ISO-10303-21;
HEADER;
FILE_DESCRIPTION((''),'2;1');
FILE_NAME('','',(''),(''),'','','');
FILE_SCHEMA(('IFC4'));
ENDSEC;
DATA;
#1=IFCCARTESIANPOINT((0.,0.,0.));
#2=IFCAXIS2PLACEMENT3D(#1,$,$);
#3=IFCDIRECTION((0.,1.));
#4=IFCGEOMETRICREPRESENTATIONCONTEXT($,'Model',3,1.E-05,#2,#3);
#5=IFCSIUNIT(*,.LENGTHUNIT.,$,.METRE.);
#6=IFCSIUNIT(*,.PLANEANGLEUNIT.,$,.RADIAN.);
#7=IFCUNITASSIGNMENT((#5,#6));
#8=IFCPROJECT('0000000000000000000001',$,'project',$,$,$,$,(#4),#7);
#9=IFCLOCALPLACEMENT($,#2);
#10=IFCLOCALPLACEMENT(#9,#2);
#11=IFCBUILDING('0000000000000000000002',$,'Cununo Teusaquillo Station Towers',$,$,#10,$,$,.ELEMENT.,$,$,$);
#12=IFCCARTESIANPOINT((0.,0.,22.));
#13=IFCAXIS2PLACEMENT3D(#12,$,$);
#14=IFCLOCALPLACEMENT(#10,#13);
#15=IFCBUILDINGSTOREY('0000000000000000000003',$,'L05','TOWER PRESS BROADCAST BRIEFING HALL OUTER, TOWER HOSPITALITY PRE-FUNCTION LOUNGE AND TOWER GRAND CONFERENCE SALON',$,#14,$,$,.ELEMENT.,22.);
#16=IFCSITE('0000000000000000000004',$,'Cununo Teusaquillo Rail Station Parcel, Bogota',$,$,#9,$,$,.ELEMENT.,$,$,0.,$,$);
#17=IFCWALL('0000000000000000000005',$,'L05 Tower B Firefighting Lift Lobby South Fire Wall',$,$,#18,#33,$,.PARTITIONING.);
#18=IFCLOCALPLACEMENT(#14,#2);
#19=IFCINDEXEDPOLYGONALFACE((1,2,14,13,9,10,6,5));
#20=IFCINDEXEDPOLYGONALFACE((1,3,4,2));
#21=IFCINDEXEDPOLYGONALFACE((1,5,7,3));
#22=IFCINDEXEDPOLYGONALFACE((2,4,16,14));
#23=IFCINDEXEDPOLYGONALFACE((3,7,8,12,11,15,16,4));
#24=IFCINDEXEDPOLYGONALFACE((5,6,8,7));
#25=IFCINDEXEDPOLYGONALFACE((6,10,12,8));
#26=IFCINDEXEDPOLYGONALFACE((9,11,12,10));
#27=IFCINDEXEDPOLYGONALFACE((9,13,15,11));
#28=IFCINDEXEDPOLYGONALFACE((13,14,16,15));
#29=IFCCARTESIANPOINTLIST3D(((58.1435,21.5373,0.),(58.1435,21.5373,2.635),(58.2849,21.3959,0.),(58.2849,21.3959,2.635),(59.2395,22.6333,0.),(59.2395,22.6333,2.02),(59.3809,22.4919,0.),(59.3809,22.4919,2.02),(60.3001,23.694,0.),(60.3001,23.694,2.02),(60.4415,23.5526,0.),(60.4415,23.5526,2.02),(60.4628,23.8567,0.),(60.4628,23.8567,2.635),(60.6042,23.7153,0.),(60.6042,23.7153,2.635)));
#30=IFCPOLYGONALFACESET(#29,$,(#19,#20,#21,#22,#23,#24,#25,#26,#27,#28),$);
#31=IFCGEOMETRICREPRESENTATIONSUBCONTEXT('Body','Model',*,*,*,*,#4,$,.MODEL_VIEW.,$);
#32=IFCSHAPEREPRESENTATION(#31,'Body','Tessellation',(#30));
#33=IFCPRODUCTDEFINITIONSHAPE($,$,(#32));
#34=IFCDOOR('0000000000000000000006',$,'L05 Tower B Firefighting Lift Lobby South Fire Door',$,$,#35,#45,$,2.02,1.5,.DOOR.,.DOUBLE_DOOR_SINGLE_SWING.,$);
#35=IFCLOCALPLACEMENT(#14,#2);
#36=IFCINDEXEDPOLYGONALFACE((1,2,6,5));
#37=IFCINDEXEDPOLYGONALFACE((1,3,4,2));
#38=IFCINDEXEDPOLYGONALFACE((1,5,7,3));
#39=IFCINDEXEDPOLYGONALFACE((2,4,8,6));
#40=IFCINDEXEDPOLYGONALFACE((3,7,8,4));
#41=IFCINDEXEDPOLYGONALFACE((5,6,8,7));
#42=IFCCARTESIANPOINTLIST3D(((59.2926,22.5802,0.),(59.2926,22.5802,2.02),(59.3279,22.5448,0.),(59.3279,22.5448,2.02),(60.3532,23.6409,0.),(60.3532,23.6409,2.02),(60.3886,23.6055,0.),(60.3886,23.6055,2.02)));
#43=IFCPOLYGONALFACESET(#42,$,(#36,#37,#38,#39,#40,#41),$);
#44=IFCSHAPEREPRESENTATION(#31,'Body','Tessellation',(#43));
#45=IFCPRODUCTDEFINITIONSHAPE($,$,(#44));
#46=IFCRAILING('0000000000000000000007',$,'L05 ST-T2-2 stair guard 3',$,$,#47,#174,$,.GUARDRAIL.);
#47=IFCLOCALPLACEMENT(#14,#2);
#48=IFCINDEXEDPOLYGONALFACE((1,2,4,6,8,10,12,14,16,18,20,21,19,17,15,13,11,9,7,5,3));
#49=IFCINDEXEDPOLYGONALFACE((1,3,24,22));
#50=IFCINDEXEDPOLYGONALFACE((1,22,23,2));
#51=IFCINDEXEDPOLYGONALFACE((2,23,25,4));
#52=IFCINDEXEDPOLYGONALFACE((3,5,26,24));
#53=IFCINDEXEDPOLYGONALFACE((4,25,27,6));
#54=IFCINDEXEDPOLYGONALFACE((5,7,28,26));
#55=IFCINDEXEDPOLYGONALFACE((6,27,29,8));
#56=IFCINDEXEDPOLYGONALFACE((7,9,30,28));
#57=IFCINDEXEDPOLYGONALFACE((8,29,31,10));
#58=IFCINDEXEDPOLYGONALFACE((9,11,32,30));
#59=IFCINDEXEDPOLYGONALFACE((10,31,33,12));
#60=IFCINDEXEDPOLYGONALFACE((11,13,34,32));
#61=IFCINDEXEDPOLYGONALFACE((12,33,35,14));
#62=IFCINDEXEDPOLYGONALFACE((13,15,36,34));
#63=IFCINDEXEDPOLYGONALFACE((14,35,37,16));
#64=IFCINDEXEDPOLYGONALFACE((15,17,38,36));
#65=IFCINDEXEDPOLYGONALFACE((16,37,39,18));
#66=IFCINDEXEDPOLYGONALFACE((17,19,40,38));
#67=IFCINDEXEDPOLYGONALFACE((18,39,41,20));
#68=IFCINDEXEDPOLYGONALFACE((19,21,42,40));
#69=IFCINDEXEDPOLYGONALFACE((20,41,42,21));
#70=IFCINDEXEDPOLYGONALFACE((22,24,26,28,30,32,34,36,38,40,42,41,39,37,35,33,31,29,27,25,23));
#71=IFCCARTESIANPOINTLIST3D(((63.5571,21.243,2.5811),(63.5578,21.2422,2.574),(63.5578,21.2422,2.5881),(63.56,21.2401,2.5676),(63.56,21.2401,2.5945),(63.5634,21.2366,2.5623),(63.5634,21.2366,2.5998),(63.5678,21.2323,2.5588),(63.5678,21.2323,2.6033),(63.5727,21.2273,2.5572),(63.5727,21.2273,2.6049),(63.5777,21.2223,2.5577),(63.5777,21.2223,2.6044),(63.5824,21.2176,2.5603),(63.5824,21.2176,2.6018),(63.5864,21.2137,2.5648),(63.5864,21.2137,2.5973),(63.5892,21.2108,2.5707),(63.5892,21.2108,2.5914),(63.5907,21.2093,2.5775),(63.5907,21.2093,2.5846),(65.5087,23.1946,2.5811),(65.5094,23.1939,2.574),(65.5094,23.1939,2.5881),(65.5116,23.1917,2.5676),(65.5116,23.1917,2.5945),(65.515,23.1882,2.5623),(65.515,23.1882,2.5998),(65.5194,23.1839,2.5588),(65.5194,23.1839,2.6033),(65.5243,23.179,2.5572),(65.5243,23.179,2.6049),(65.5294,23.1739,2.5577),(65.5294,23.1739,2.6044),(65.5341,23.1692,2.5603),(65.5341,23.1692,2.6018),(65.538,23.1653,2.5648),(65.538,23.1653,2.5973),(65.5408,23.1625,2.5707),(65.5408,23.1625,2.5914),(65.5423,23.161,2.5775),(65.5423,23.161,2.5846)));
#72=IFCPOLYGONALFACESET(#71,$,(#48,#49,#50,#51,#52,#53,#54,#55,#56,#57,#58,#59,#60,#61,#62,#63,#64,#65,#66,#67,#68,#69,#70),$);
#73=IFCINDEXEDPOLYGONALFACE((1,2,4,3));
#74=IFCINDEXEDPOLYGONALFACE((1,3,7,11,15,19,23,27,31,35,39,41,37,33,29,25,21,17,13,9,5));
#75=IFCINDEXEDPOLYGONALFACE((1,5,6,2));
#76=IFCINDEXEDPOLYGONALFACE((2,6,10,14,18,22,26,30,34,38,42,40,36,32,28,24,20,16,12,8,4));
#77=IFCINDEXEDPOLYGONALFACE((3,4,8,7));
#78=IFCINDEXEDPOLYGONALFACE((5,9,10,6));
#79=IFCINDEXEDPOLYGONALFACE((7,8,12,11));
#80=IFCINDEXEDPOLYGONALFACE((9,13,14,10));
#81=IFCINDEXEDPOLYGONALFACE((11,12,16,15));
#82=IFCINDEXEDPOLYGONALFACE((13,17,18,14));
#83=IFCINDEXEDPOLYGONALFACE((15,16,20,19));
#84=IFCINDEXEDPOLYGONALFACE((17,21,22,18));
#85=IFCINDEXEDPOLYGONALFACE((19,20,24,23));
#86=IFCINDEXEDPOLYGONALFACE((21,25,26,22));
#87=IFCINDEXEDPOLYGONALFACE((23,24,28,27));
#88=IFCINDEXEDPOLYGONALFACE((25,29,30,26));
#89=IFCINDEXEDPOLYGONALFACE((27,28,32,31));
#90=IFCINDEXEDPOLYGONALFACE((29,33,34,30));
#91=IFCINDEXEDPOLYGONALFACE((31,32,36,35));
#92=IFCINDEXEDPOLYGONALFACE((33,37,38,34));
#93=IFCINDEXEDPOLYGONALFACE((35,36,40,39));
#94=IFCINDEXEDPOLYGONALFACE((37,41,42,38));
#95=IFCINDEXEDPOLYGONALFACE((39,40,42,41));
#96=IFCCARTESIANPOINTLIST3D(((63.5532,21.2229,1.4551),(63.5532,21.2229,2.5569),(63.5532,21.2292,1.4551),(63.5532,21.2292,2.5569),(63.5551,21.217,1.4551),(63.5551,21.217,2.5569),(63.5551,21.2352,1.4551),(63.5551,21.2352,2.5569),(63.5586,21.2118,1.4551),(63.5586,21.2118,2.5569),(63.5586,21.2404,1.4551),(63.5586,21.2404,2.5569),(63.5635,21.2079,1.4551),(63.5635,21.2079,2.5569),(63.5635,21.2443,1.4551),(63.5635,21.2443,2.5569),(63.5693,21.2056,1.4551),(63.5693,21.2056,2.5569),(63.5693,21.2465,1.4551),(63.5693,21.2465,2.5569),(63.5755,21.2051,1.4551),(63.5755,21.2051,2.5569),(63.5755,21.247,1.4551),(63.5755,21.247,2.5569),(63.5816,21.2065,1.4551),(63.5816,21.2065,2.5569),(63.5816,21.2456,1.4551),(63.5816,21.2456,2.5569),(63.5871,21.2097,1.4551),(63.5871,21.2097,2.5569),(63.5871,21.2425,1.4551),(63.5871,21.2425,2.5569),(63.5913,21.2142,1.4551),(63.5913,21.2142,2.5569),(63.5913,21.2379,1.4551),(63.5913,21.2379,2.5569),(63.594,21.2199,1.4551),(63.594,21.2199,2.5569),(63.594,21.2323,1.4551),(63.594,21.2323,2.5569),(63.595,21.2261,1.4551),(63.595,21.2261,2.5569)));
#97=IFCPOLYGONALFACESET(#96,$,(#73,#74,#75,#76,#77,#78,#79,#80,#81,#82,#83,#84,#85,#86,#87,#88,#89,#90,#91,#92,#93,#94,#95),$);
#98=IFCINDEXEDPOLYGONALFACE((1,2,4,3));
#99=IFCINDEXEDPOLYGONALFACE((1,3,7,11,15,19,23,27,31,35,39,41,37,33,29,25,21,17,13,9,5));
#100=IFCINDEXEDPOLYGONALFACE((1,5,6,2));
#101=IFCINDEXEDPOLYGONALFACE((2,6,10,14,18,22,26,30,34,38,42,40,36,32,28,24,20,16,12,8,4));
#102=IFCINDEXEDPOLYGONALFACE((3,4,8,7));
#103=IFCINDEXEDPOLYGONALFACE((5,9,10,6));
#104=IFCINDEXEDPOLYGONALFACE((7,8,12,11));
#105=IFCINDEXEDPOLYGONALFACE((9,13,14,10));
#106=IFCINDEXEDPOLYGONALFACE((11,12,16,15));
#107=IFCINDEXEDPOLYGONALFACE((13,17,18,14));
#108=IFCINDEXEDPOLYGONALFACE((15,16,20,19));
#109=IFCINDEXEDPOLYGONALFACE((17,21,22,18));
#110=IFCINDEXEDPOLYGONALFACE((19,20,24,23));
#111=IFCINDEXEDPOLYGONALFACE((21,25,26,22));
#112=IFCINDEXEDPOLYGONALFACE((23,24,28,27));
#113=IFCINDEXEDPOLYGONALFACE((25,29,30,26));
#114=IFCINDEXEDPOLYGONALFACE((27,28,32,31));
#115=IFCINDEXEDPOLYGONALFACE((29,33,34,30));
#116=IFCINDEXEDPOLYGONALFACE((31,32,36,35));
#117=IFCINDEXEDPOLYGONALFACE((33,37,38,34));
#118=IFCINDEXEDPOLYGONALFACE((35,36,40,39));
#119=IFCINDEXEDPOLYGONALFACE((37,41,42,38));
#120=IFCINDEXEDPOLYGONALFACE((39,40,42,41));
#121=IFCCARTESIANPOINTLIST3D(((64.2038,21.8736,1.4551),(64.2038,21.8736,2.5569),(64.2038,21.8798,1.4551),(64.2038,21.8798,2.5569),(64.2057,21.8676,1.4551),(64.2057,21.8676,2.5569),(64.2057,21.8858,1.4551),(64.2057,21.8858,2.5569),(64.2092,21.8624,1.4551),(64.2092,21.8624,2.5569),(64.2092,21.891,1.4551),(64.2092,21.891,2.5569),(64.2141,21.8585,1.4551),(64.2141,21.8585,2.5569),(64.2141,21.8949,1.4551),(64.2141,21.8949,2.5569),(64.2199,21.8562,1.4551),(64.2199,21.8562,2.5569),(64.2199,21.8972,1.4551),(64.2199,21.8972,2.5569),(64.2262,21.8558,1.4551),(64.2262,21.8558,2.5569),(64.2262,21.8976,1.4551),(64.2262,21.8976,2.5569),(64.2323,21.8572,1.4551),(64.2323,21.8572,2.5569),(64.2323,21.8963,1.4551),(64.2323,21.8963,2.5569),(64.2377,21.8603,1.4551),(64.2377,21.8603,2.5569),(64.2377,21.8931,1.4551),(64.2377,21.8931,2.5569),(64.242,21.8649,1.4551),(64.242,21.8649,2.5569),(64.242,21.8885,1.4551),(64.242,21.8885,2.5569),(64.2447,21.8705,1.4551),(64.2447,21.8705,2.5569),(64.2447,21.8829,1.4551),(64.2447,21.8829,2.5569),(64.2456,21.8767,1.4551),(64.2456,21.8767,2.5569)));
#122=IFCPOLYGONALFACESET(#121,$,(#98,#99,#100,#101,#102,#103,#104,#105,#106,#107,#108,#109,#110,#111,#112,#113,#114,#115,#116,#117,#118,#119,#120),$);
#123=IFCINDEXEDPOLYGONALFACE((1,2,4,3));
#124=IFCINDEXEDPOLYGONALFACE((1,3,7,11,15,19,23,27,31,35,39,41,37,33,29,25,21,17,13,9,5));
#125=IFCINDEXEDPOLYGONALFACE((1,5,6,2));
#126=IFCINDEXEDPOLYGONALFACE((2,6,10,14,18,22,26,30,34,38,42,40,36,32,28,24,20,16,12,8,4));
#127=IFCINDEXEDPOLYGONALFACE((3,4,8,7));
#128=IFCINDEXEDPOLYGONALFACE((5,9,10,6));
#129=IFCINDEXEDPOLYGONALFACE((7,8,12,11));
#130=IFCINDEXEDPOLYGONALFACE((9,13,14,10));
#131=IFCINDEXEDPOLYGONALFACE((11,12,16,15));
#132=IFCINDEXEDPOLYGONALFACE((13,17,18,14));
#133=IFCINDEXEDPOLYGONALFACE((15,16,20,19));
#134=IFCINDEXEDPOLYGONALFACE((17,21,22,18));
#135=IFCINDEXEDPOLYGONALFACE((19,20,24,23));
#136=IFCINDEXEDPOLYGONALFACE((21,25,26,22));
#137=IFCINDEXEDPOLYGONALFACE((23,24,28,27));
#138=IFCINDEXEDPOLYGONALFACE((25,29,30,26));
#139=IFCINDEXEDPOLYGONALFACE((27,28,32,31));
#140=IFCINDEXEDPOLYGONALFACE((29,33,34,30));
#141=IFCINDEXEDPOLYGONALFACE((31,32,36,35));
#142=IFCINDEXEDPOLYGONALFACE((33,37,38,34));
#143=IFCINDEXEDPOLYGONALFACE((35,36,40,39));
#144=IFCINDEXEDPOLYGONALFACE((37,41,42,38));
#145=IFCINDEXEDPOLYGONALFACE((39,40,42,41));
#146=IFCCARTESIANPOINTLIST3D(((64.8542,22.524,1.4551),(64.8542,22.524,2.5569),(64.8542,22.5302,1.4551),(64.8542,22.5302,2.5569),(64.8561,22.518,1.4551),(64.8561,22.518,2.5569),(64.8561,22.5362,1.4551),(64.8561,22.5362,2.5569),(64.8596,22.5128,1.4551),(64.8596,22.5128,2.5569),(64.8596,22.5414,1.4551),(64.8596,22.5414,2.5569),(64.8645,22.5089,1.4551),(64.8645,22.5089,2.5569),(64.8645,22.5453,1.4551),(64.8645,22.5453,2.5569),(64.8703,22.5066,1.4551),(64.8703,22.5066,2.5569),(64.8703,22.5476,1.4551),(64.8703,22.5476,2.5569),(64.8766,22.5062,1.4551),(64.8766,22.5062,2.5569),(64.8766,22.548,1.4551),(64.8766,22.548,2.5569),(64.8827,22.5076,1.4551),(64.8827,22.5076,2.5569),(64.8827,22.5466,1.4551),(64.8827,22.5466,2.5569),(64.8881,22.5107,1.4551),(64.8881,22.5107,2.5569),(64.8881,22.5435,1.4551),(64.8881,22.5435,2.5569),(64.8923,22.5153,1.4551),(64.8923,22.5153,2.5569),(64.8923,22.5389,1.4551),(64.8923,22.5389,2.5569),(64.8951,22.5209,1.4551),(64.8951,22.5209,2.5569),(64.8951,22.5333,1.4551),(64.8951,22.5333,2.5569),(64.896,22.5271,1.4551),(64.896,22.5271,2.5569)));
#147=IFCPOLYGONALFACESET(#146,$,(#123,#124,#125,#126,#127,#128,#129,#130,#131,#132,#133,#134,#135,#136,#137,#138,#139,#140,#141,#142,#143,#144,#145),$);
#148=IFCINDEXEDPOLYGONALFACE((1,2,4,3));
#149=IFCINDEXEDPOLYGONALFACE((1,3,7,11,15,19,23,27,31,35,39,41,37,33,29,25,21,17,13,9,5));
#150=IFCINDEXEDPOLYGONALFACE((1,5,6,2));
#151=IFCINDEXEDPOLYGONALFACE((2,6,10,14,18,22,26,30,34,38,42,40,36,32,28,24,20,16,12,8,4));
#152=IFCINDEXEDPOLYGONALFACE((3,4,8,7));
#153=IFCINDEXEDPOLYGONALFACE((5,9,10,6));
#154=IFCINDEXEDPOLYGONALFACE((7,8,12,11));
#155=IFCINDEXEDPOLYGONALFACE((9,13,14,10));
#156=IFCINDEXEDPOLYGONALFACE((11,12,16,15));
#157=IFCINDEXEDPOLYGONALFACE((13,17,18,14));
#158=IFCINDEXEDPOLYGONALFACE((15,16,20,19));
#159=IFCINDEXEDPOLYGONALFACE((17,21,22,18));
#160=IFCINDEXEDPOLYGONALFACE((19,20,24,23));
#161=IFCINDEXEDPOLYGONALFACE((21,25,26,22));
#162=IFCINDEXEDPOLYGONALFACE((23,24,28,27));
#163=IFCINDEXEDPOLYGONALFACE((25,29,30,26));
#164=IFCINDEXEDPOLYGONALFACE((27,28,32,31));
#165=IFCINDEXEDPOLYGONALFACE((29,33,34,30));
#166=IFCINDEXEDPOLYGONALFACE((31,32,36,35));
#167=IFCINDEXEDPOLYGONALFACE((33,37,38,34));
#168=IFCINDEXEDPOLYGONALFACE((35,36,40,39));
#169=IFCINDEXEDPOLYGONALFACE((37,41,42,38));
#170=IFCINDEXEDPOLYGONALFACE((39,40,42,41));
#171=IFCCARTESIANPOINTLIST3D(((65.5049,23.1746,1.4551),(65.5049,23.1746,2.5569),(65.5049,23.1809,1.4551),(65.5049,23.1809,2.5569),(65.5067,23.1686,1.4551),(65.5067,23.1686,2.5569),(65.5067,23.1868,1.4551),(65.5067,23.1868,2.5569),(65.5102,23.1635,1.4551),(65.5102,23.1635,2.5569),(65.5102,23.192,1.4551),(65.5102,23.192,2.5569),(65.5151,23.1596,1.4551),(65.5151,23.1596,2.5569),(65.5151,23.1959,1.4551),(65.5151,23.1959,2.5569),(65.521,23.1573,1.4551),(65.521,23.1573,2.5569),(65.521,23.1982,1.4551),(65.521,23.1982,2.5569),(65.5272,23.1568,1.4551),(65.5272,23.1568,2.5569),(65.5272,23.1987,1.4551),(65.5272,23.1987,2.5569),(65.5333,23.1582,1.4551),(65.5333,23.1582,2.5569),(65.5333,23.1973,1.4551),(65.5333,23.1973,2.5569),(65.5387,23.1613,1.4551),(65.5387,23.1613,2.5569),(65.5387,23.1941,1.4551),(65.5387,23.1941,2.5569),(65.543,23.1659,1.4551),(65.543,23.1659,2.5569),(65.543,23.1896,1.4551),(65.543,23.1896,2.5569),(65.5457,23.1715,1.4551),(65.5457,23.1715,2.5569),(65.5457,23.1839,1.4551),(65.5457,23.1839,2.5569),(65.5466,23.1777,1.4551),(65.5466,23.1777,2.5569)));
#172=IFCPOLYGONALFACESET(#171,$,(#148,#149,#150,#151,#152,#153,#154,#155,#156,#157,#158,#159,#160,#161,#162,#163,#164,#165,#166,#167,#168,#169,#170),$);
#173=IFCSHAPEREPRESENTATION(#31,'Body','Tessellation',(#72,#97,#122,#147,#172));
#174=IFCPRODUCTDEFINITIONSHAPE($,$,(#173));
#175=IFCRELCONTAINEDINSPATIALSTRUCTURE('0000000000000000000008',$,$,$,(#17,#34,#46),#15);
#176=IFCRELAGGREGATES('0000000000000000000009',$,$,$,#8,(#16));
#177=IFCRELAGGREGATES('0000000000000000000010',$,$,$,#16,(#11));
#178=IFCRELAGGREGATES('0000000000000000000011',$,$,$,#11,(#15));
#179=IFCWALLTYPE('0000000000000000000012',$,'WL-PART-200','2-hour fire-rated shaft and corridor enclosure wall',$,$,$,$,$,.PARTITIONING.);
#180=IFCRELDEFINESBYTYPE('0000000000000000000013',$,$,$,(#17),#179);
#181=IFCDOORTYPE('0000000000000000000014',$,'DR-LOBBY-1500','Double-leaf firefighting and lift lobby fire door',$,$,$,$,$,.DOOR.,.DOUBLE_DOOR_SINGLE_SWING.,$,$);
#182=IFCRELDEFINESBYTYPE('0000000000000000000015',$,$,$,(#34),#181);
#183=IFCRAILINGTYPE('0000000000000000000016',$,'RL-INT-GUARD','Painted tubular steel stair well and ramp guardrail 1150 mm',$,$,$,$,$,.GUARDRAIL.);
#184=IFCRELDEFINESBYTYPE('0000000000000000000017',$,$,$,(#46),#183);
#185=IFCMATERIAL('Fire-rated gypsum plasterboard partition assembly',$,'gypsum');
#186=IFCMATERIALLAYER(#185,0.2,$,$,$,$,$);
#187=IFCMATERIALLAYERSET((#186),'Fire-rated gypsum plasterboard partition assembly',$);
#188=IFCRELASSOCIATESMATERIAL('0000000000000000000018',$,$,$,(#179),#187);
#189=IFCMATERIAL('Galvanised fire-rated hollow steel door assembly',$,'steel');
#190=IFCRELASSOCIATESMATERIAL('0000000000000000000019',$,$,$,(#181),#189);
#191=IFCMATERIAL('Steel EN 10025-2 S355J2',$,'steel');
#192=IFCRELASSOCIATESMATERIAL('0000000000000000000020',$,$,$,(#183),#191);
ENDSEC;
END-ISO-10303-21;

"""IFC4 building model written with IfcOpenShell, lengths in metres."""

from ifc_helpers import new_model, si_unit, direction, frame, frame_2d, origin, origin_2d, place, context, subcontext, project, spatial, rectangle, circle, extrude, source, transform, mapped, material, layer, layer_set, type_object, element, fill, save


model = new_model("IFC4")

# Units and contexts
model_context = context("Model", 3, precision=1e-05, world=origin(), true_north=direction((0.0, 1.0)))
body_context = subcontext(model_context, "Body", "Model", "MODEL_VIEW")
ifc_project = project(units=[si_unit("LENGTHUNIT", "METRE"), si_unit("PLANEANGLEUNIT", "RADIAN")], contexts=[model_context])

# Site, building, storey
site_placement = place(None, origin())
site = spatial("IfcSite", under=ifc_project, at=site_placement, Name="Cununo Teusaquillo Rail Station Parcel, Bogota", CompositionType="ELEMENT", RefElevation=0.0)
building_placement = place(site_placement, origin())
building = spatial("IfcBuilding", under=site, at=building_placement, Name="Cununo Teusaquillo Station Towers", CompositionType="ELEMENT")
storey_placement = place(building_placement, frame((0.0, 0.0, 22.0)))
storey = spatial("IfcBuildingStorey", under=building, at=storey_placement, Name="L05", Description="TOWER PRESS BROADCAST BRIEFING HALL OUTER, TOWER HOSPITALITY PRE-FUNCTION LOUNGE AND TOWER GRAND CONFERENCE SALON", CompositionType="ELEMENT", Elevation=22.0)

# Wall, opening, door
ifc_material_1 = material(Name="Fire-rated gypsum plasterboard partition assembly", Category="gypsum")
ifc_layer_1 = layer(ifc_material_1, 0.2)
ifc_layer_set_1 = layer_set([ifc_layer_1], Name="Fire-rated gypsum plasterboard partition assembly")
wall_type_1 = type_object("IfcWallType", Name="WL-PART-200", Description="2-hour fire-rated shaft and corridor enclosure wall", PredefinedType="PARTITIONING", material=ifc_layer_set_1)
wall_1_placement = place(storey_placement, frame((58.2141, 21.4666, 0.0), z_axis=(0.0, 0.0, 1.0), x_axis=(0.707107, 0.707107, 0.0)))
wall_1 = element("IfcWall", 1, at=wall_1_placement, inside=storey, type_object=wall_type_1, Name="L05 Tower B Firefighting Lift Lobby South Fire Wall", PredefinedType="PARTITIONING", context=body_context, shape_type="SweptSolid", body=[
    extrude(rectangle(XDim=3.28, YDim=0.2, at=frame_2d((1.6401, 0.0))), origin(), (0.0, 0.0, 1.0), 2.635),
])
shared_shape_1 = source(origin(), body_context, "Body", "SweptSolid", [
    extrude(rectangle(XDim=1.5, YDim=2.02, at=frame_2d((0.75, 1.01))), frame((0.0, 0.1099, 0.0), z_axis=(0.0, -1.0, 0.0), x_axis=(1.0, 0.0, 0.0)), (0.0, 0.0, 1.0), 0.22),
])
opening_1_placement = place(wall_1_placement, frame((1.55, 0.0, 0.0)))
opening_1 = element("IfcOpeningElement", 2, at=opening_1_placement, cuts=wall_1, PredefinedType="OPENING", context=body_context, shape_type="MappedRepresentation", body=[
    mapped(shared_shape_1, transform((0.0, 0.0, 0.0), x_axis=(1.0, 0.0, 0.0), y_axis=(0.0, 1.0, 0.0), z_axis=(0.0, 0.0, 1.0), scale=1.0)),
])
ifc_material_2 = material(Name="Galvanised fire-rated hollow steel door assembly", Category="steel")
door_type_1 = type_object("IfcDoorType", Name="DR-LOBBY-1500", Description="Double-leaf firefighting and lift lobby fire door", OperationType="DOUBLE_DOOR_SINGLE_SWING", PredefinedType="DOOR", material=ifc_material_2)
shared_shape_2 = source(origin(), body_context, "Body", "SweptSolid", [
    extrude(rectangle(XDim=1.5, YDim=2.02, at=frame_2d((0.75, 1.01))), frame((0.0, 0.0249, 0.0), z_axis=(0.0, -1.0, 0.0), x_axis=(1.0, 0.0, 0.0)), (0.0, 0.0, 1.0), 0.05),
])
door_1_placement = place(opening_1_placement, origin())
door_1 = element("IfcDoor", 3, at=door_1_placement, inside=storey, type_object=door_type_1, Name="L05 Tower B Firefighting Lift Lobby South Fire Door", OperationType="DOUBLE_DOOR_SINGLE_SWING", OverallHeight=2.02, OverallWidth=1.5, PredefinedType="DOOR", context=body_context, shape_type="MappedRepresentation", body=[
    mapped(shared_shape_2, transform((0.0, 0.0, 0.0), x_axis=(1.0, 0.0, 0.0), y_axis=(0.0, 1.0, 0.0), z_axis=(0.0, 0.0, 1.0), scale=1.0)),
])
fill(opening_1, door_1)

# Railing
ifc_material_3 = material(Name="Steel EN 10025-2 S355J2", Category="steel")
railing_type = type_object("IfcRailingType", Name="RL-INT-GUARD", Description="Painted tubular steel stair well and ramp guardrail 1150 mm", PredefinedType="GUARDRAIL", material=ifc_material_3)
railing_1_placement = place(storey_placement, frame((63.574, 21.2261, 1.4551)))
element("IfcRailing", 4, at=railing_1_placement, inside=storey, type_object=railing_type, Name="L05 ST-T2-2 stair guard 3", PredefinedType="GUARDRAIL", context=body_context, shape_type="SweptSolid", body=[
    extrude(circle(Radius=0.0239, at=origin_2d()), frame((0.0, 0.0, 1.126), z_axis=(0.707107, 0.707107, 0.0), x_axis=(-0.707107, 0.707107, 0.0)), (0.0, 0.0, 1.0), 2.76),
    extrude(circle(Radius=0.021, at=origin_2d()), origin(), (0.0, 0.0, 1.0), 1.1018),
    extrude(circle(Radius=0.021, at=origin_2d()), frame((0.6506, 0.6506, 0.0)), (0.0, 0.0, 1.0), 1.1018),
    extrude(circle(Radius=0.021, at=origin_2d()), frame((1.301, 1.301, 0.0)), (0.0, 0.0, 1.0), 1.1018),
    extrude(circle(Radius=0.021, at=origin_2d()), frame((1.9517, 1.9517, 0.0)), (0.0, 0.0, 1.0), 1.1018),
])

save(model, "model.ifc")
